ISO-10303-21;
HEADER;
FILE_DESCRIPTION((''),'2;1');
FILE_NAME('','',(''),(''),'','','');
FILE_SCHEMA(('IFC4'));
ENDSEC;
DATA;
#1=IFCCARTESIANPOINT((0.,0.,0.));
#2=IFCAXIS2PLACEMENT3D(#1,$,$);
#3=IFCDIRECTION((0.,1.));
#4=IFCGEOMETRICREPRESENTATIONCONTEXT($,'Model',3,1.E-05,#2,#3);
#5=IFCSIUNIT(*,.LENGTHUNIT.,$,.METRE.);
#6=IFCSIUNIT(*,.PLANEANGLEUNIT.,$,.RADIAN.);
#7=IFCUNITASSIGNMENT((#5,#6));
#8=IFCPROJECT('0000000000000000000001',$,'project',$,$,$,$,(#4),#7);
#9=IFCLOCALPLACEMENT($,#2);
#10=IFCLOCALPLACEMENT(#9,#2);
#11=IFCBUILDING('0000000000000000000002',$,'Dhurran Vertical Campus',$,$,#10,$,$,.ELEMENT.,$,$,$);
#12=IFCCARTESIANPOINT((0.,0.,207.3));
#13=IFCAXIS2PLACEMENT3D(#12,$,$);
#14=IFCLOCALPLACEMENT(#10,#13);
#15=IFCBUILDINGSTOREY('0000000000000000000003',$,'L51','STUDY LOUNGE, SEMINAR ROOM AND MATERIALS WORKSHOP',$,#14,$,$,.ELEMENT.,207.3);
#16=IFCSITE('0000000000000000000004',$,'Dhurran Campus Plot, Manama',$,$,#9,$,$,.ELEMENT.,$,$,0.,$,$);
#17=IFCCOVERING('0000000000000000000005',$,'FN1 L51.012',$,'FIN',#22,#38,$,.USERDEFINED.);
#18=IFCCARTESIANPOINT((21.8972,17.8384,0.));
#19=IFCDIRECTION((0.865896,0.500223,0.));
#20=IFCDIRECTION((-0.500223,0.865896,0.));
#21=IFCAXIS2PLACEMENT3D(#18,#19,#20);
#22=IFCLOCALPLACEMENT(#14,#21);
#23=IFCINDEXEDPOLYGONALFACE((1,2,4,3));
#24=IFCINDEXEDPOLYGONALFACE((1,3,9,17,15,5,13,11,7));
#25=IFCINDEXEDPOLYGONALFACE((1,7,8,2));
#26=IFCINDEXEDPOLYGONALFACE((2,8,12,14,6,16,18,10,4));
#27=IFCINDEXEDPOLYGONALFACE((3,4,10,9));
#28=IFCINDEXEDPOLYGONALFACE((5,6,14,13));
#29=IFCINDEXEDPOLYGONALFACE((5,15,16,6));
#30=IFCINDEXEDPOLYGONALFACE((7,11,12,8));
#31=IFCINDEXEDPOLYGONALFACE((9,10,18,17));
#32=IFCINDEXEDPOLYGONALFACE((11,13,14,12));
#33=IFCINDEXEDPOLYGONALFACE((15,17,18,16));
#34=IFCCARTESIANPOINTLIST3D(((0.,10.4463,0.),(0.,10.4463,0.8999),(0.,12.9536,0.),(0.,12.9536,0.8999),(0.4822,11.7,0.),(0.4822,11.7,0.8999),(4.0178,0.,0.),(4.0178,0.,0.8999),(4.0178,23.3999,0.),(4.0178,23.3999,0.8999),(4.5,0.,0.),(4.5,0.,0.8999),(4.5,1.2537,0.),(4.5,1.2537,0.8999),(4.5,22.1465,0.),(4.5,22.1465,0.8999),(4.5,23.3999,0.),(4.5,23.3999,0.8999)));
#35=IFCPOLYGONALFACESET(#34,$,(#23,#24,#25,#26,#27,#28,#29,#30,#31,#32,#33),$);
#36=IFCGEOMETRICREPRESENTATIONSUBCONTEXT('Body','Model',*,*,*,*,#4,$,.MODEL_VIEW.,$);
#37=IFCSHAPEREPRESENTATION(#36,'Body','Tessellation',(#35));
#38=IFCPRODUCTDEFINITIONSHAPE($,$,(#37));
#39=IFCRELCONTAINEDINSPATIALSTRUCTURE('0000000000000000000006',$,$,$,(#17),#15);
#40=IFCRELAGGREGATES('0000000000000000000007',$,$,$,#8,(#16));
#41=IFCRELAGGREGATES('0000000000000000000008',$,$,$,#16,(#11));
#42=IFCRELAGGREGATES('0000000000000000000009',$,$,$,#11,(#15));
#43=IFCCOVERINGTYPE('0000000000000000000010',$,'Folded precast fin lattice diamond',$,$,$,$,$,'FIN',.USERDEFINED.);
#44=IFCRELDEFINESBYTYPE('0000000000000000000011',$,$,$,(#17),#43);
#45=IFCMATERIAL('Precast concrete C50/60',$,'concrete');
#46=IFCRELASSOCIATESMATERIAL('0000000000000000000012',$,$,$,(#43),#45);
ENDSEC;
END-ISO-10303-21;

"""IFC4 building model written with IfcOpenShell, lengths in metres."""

from ifc_helpers import new_model, si_unit, direction, frame, origin, place, context, subcontext, project, spatial, polyline, outline, extrude, material, type_object, element, save


model = new_model("IFC4")

# Units and contexts
model_context = context("Model", 3, precision=1e-05, world=origin(), true_north=direction((0.0, 1.0)))
body_context = subcontext(model_context, "Body", "Model", "MODEL_VIEW")
ifc_project = project(units=[si_unit("LENGTHUNIT", "METRE"), si_unit("PLANEANGLEUNIT", "RADIAN")], contexts=[model_context])

# Site, building, storey
site_placement = place(None, origin())
site = spatial("IfcSite", under=ifc_project, at=site_placement, Name="Dhurran Campus Plot, Manama", CompositionType="ELEMENT", RefElevation=0.0)
building_placement = place(site_placement, origin())
building = spatial("IfcBuilding", under=site, at=building_placement, Name="Dhurran Vertical Campus", CompositionType="ELEMENT")
storey_placement = place(building_placement, frame((0.0, 0.0, 207.3)))
storey = spatial("IfcBuildingStorey", under=building, at=storey_placement, Name="L51", Description="STUDY LOUNGE, SEMINAR ROOM AND MATERIALS WORKSHOP", CompositionType="ELEMENT", Elevation=207.3)

# Covering
ifc_material_1 = material(Name="Precast concrete C50/60", Category="concrete")
covering_type = type_object("IfcCoveringType", Name="Folded precast fin lattice diamond", ElementType="FIN", PredefinedType="USERDEFINED", material=ifc_material_1)
covering_1_placement = place(storey_placement, frame((21.8972, 17.8384, 0.0), z_axis=(0.865896, 0.500223, 0.0), x_axis=(-0.500223, 0.865896, 0.0)))
element("IfcCovering", 1, at=covering_1_placement, inside=storey, type_object=covering_type, Name="FN1 L51.012", ObjectType="FIN", PredefinedType="USERDEFINED", context=body_context, shape_type="SweptSolid", body=[
    extrude(outline(polyline([(4.0178, 0.0), (0.0, 10.4463), (0.0, 12.9536), (4.0178, 23.3999), (4.5, 23.3999), (4.5, 22.1465), (0.4822, 11.7), (4.5, 1.2537), (4.5, 0.0), (4.0178, 0.0)])), origin(), (0.0, 0.0, 1.0), 0.8999),
])

save(model, "model.ifc")
